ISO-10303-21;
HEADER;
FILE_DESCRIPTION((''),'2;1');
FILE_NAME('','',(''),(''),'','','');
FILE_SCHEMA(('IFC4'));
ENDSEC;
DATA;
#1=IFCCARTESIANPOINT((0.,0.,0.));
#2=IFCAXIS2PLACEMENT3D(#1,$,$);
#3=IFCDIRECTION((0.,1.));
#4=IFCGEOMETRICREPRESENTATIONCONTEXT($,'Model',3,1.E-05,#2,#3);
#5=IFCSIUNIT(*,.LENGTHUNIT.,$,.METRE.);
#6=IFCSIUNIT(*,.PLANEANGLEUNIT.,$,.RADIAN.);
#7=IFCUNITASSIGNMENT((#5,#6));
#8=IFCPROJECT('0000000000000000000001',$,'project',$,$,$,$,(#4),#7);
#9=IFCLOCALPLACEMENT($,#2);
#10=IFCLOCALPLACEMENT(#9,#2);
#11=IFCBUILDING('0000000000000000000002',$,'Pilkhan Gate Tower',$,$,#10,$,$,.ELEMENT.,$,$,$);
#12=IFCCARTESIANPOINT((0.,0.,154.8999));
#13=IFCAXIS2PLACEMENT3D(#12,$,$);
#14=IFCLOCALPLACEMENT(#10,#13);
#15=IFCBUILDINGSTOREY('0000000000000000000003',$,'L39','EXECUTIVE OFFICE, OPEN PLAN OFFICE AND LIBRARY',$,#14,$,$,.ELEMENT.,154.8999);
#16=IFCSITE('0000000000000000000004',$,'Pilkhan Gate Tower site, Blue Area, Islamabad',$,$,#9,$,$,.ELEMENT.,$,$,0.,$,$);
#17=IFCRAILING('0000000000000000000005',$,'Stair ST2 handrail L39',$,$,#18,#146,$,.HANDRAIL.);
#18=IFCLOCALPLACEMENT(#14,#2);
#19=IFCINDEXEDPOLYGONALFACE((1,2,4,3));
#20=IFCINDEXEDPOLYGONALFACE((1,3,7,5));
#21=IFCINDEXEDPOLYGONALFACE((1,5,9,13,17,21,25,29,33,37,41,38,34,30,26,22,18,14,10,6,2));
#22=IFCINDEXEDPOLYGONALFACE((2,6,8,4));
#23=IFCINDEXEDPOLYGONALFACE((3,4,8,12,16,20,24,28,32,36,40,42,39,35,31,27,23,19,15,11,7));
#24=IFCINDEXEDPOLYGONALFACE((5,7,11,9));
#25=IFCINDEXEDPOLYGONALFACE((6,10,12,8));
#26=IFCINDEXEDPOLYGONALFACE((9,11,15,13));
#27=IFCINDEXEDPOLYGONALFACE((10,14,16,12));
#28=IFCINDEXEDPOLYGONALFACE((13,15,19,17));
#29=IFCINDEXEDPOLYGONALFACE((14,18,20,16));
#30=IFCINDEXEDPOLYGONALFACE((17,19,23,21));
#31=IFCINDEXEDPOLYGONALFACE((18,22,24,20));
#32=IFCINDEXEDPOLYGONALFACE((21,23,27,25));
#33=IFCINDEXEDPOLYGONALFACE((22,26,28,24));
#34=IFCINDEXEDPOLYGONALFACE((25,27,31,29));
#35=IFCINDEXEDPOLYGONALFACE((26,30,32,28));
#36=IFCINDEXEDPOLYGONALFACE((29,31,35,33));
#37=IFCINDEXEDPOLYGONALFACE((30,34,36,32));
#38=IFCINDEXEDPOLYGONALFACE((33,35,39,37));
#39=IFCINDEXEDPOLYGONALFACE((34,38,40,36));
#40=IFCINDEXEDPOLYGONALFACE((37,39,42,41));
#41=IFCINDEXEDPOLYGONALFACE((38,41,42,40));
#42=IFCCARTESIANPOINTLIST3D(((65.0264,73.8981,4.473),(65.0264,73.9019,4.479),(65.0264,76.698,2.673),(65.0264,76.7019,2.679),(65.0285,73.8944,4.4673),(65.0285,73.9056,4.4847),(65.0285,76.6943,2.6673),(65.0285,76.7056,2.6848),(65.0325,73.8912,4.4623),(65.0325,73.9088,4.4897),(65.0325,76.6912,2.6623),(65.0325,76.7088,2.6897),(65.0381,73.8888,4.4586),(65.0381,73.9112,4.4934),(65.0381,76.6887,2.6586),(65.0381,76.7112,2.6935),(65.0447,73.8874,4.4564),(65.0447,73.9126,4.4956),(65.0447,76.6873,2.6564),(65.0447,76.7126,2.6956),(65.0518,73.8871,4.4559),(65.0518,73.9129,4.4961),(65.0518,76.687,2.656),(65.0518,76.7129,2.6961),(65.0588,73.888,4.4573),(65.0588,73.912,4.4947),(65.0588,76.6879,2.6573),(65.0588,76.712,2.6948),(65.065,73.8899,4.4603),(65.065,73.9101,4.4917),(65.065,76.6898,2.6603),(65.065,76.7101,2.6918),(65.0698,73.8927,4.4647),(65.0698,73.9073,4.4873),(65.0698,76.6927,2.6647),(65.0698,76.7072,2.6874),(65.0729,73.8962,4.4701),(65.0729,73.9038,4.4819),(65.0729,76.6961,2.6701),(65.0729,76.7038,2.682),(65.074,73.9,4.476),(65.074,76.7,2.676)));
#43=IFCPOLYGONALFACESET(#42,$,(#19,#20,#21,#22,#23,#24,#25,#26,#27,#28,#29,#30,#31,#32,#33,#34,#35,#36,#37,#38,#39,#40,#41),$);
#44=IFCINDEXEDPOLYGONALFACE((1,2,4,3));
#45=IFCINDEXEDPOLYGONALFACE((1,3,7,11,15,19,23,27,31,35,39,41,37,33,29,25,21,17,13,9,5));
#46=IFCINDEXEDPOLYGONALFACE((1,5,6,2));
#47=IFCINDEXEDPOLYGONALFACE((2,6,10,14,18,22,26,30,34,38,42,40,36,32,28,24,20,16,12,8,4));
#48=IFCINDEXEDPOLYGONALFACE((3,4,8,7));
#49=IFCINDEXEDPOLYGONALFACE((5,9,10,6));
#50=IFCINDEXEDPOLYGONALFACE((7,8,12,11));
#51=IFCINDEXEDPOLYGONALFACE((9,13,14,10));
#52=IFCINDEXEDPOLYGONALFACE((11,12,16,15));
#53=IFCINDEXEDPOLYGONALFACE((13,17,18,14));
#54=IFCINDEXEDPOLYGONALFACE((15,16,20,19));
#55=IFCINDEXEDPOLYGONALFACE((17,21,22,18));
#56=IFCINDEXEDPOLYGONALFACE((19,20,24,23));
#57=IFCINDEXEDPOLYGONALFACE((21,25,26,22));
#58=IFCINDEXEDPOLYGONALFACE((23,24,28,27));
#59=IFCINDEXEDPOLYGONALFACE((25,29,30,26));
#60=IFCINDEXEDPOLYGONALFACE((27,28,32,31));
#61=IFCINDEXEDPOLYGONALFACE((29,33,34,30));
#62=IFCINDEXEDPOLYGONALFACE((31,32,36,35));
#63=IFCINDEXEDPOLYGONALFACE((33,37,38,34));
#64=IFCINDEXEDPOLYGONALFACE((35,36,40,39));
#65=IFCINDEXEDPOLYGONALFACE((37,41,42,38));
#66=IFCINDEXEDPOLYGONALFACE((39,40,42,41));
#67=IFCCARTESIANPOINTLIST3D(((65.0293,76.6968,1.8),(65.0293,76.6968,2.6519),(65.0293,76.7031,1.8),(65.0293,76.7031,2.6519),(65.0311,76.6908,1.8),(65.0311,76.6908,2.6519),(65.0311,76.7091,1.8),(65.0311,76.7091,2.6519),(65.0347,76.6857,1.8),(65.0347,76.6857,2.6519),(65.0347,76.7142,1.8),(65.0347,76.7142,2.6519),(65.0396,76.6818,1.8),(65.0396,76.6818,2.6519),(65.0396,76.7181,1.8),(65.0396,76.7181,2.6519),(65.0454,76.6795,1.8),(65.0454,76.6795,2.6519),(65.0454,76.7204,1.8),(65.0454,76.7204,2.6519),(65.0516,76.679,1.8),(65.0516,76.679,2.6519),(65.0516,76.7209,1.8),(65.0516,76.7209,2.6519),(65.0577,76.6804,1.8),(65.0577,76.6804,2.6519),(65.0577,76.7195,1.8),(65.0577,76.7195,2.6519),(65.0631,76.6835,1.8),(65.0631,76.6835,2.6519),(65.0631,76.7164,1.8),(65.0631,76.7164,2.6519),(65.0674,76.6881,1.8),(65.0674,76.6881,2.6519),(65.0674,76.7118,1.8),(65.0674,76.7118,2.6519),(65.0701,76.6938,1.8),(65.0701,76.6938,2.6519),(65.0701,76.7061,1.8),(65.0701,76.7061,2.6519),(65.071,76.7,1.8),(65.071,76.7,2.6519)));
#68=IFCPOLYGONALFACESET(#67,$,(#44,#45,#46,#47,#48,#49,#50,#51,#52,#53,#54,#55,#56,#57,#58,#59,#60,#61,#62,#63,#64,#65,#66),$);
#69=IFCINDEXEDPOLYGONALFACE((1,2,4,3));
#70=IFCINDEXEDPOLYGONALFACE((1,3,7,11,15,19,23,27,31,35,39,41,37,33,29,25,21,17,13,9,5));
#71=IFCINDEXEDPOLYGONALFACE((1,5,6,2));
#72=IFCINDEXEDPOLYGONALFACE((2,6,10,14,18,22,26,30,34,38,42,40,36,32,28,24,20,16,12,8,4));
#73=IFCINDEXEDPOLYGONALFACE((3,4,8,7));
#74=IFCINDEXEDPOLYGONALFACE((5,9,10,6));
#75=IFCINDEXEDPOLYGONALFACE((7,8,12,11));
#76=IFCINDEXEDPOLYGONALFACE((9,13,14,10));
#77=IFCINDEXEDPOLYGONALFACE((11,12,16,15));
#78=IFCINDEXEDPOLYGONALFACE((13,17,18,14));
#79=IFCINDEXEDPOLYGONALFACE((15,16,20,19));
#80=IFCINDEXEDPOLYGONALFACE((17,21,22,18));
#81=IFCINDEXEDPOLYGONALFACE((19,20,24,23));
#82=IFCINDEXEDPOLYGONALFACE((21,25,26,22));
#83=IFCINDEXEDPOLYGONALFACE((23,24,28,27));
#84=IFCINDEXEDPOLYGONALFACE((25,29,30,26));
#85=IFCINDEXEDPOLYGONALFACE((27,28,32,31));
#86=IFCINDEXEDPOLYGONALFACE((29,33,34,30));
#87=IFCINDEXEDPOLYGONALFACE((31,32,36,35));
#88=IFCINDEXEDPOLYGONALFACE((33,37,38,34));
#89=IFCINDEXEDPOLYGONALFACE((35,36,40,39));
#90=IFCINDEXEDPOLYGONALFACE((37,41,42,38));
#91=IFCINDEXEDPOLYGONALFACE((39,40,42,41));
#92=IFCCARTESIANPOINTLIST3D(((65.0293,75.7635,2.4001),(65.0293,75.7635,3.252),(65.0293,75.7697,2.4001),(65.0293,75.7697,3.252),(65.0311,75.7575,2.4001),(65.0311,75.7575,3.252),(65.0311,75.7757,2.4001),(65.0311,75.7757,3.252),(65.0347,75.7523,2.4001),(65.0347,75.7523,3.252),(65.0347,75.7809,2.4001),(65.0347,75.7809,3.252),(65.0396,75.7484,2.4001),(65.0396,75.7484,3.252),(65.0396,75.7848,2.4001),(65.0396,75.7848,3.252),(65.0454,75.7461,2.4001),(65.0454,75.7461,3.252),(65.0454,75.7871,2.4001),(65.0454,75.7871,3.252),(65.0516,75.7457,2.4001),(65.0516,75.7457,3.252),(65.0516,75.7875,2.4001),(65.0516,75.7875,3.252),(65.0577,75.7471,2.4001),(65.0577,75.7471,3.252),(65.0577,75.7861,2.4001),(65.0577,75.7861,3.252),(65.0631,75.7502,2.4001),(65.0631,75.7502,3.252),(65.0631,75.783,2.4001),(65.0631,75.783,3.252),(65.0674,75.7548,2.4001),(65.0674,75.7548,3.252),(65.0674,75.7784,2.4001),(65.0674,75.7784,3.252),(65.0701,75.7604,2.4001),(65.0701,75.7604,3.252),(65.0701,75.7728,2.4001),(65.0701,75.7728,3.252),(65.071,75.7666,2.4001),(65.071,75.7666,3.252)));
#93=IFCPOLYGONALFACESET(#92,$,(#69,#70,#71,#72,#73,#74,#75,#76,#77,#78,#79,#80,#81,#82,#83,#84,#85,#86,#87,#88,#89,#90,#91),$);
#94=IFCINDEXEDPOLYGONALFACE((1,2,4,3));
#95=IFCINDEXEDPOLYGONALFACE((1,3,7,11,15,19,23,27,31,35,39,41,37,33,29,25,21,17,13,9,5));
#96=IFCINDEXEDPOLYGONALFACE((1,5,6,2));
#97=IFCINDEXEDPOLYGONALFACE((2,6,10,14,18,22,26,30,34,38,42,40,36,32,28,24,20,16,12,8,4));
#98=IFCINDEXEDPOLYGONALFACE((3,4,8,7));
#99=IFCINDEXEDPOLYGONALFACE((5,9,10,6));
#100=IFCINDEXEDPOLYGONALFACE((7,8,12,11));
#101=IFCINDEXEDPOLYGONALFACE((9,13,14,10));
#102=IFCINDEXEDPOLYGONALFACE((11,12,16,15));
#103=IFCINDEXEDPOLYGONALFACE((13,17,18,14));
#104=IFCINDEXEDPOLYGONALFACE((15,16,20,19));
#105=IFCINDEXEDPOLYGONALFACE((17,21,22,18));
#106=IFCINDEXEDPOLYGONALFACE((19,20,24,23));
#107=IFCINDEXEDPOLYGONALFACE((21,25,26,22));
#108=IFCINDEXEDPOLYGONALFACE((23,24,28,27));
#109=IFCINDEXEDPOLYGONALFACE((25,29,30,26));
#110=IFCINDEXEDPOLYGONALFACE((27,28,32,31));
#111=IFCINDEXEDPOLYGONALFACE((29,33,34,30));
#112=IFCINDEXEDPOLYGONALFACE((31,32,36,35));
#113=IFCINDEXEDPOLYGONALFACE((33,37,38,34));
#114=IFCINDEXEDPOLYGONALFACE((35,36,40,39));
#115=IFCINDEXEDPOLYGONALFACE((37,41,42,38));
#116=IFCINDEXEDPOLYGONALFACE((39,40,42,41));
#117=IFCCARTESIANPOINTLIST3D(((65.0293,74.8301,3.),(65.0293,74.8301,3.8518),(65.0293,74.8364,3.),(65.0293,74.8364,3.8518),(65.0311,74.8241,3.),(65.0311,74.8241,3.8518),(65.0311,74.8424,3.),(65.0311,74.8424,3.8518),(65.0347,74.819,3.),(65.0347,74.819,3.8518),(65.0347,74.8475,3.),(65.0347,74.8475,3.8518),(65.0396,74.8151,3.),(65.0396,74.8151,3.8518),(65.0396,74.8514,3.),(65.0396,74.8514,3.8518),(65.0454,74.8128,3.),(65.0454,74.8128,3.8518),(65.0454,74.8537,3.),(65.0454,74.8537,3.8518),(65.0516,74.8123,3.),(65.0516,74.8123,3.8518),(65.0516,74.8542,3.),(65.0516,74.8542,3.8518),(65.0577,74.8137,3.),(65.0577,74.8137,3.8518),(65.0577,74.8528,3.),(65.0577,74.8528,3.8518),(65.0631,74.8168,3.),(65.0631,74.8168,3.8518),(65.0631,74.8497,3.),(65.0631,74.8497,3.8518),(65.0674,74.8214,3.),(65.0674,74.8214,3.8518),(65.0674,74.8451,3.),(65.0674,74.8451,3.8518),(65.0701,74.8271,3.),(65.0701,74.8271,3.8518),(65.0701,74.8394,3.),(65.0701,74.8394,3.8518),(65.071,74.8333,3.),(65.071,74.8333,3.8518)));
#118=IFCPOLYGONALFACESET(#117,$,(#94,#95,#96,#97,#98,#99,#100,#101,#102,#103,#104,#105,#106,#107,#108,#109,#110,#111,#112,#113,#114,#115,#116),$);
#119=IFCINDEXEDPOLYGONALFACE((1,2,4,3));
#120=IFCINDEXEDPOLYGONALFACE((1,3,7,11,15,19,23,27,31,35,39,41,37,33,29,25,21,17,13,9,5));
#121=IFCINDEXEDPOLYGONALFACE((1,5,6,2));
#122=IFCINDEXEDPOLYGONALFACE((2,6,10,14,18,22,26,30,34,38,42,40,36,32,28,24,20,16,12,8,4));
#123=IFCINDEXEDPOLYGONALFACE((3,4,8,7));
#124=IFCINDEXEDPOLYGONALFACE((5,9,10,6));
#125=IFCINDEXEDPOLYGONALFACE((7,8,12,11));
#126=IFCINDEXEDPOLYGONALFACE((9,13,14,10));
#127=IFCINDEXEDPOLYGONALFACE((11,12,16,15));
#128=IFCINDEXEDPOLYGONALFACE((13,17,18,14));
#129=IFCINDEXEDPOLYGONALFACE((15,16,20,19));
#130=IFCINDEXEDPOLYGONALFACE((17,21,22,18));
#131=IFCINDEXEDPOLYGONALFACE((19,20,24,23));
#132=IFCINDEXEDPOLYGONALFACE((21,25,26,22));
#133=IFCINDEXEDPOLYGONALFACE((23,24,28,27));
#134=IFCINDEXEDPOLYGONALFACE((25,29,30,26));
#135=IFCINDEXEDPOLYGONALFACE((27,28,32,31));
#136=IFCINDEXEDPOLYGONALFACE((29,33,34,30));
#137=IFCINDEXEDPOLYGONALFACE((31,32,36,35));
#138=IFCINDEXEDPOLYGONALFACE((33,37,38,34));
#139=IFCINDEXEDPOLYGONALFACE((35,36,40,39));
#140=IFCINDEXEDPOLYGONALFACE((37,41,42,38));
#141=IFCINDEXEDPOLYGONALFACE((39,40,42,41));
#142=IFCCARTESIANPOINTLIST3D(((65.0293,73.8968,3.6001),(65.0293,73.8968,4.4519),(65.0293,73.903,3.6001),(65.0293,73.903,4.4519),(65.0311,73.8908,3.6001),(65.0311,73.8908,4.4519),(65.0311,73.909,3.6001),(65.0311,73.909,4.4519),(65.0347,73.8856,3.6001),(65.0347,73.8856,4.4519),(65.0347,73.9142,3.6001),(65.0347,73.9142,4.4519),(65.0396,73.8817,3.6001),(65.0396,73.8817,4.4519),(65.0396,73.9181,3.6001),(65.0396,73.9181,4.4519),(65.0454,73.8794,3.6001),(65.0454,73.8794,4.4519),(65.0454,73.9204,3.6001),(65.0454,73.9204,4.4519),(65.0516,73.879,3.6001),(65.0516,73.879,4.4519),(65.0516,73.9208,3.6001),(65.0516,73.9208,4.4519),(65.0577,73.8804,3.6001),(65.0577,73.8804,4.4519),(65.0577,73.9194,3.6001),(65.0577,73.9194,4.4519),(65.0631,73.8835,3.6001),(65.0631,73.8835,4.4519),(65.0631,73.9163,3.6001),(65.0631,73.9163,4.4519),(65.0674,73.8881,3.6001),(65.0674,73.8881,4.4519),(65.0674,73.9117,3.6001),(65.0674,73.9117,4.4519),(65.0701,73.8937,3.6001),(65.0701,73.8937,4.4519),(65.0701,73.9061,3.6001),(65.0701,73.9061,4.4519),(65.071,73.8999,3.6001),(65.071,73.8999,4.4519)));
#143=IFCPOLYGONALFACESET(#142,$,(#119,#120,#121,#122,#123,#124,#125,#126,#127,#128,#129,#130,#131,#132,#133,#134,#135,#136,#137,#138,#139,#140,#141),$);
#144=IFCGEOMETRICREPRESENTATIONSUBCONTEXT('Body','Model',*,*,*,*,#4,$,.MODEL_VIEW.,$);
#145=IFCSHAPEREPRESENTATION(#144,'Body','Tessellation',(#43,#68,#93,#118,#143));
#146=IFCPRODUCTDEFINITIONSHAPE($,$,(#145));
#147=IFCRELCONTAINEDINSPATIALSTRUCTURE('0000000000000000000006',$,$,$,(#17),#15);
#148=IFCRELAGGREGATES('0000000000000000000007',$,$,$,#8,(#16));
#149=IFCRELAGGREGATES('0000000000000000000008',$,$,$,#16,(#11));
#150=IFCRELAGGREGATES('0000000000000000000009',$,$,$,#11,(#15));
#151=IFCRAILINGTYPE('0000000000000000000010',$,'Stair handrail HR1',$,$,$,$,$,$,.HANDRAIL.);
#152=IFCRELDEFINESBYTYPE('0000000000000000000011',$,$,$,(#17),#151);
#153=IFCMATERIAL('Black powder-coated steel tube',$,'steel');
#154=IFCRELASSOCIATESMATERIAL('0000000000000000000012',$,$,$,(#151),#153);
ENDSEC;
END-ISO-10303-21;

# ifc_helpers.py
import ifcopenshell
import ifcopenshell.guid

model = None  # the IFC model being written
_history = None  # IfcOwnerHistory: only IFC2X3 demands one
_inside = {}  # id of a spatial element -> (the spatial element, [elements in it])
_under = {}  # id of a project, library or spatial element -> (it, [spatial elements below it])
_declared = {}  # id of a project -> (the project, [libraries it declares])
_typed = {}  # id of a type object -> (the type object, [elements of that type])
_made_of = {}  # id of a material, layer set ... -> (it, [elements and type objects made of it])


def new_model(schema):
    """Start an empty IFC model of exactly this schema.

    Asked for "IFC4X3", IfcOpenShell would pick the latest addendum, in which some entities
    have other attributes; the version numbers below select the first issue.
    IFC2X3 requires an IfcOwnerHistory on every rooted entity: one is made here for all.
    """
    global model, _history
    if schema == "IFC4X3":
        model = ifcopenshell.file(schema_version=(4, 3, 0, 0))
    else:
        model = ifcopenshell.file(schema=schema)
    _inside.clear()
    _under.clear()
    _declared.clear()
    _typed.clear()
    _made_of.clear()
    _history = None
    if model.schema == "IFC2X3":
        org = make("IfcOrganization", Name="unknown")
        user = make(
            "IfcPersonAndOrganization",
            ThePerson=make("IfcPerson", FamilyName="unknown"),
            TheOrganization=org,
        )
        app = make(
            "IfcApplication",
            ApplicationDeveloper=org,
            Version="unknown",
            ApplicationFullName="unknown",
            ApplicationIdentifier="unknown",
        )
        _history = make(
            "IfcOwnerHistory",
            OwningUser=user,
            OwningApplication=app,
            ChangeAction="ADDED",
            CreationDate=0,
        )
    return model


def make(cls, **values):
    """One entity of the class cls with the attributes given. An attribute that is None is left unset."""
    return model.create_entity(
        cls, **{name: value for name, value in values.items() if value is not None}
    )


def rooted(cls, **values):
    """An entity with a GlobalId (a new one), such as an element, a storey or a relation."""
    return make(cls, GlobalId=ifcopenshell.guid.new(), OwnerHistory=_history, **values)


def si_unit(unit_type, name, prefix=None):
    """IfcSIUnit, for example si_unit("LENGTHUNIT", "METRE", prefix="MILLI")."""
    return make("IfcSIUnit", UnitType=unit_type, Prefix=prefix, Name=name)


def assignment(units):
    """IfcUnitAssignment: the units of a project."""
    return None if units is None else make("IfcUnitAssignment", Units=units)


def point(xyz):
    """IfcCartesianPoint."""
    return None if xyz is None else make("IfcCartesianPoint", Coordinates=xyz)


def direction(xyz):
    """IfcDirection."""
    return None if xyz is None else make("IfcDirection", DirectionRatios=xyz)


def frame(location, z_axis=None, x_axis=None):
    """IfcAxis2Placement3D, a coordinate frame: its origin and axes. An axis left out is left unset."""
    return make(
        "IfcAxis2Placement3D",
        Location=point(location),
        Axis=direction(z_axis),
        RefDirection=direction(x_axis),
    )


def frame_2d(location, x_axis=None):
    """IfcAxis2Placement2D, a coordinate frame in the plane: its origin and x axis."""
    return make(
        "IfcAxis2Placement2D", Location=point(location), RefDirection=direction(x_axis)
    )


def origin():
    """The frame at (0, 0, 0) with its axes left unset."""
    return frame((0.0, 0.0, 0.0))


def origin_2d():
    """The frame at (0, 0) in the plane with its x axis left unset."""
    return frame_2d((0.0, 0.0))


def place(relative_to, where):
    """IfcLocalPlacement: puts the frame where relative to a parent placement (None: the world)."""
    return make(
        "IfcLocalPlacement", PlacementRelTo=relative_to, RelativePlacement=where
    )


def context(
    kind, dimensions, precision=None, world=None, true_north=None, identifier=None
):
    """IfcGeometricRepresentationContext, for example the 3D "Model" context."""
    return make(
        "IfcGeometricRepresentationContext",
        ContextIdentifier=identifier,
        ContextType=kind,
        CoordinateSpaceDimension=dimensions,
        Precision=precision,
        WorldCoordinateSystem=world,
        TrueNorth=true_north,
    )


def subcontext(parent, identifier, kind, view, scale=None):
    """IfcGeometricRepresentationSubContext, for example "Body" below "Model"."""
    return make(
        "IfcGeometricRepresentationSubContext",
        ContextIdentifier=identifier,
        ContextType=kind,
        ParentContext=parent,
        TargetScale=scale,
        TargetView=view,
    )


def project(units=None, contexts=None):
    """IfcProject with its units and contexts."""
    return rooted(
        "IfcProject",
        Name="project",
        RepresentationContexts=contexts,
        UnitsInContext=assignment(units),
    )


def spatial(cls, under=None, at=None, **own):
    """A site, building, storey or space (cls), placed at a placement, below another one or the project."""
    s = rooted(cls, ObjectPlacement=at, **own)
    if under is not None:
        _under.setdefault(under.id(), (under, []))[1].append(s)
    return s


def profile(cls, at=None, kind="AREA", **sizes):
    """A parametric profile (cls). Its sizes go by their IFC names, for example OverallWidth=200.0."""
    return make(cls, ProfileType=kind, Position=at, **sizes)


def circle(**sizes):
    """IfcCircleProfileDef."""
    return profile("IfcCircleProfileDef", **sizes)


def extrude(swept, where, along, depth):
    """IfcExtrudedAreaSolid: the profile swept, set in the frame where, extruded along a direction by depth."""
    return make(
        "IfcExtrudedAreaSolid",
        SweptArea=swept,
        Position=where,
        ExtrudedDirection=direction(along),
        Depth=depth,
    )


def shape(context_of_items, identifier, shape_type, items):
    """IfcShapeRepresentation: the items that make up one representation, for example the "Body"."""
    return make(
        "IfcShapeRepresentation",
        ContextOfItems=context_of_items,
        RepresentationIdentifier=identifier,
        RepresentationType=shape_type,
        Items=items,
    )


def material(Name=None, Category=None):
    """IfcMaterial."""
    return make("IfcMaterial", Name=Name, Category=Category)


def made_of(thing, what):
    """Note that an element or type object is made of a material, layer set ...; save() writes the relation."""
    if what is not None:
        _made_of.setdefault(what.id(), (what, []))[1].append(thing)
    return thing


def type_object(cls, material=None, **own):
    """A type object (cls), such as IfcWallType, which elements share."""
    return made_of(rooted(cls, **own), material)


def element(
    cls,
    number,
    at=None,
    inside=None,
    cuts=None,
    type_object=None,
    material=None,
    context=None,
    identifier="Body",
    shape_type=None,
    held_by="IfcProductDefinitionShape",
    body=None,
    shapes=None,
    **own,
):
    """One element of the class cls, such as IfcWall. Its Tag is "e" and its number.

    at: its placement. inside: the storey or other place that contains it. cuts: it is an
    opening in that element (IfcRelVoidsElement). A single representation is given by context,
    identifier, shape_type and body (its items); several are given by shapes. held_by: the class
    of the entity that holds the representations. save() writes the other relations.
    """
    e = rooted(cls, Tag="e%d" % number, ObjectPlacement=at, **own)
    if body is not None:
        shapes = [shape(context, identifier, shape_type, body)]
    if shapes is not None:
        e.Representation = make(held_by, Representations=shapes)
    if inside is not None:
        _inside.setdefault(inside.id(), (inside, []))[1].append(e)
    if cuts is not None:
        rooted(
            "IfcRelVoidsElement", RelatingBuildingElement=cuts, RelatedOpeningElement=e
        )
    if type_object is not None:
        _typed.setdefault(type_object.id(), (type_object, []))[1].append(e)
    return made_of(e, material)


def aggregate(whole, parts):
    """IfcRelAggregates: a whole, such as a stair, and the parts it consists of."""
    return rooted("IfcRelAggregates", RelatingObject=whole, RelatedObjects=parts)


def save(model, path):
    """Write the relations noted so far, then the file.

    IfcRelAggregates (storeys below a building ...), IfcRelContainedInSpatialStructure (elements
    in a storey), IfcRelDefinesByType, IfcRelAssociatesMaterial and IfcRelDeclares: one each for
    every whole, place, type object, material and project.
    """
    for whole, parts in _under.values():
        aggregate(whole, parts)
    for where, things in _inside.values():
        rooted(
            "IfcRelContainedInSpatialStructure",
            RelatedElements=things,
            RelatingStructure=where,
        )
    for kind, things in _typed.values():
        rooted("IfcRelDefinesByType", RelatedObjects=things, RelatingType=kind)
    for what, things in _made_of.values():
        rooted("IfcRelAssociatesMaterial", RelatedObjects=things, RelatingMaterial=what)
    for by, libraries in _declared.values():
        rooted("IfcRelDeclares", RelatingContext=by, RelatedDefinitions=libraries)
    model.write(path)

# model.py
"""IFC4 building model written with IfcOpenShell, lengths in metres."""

from ifc_helpers import new_model, si_unit, direction, frame, origin, origin_2d, place, context, subcontext, project, spatial, circle, extrude, material, type_object, element, save


model = new_model("IFC4")

# Units and contexts
model_context = context("Model", 3, precision=1e-05, world=origin(), true_north=direction((0.0, 1.0)))
body_context = subcontext(model_context, "Body", "Model", "MODEL_VIEW")
ifc_project = project(units=[si_unit("LENGTHUNIT", "METRE"), si_unit("PLANEANGLEUNIT", "RADIAN")], contexts=[model_context])

# Site, building, storey
site_placement = place(None, origin())
site = spatial("IfcSite", under=ifc_project, at=site_placement, Name="Pilkhan Gate Tower site, Blue Area, Islamabad", CompositionType="ELEMENT", RefElevation=0.0)
building_placement = place(site_placement, origin())
building = spatial("IfcBuilding", under=site, at=building_placement, Name="Pilkhan Gate Tower", CompositionType="ELEMENT")
storey_placement = place(building_placement, frame((0.0, 0.0, 154.8999)))
storey = spatial("IfcBuildingStorey", under=building, at=storey_placement, Name="L39", Description="EXECUTIVE OFFICE, OPEN PLAN OFFICE AND LIBRARY", CompositionType="ELEMENT", Elevation=154.8999)

# Railing
ifc_material_1 = material(Name="Black powder-coated steel tube", Category="steel")
railing_type_1 = type_object("IfcRailingType", Name="Stair handrail HR1", PredefinedType="HANDRAIL", material=ifc_material_1)
railing_1_placement = place(storey_placement, frame((65.05, 76.7, 1.8)))
element("IfcRailing", 1, at=railing_1_placement, inside=storey, type_object=railing_type_1, Name="Stair ST2 handrail L39", PredefinedType="HANDRAIL", context=body_context, shape_type="SweptSolid", body=[
    extrude(circle(Radius=0.0239, at=origin_2d()), frame((0.0, 0.0, 0.876), z_axis=(0.0, -0.841176, 0.540761), x_axis=(1.0, 0.0, 0.0)), (0.0, 0.0, 1.0), 3.3286),
    extrude(circle(Radius=0.021, at=origin_2d()), origin(), (0.0, 0.0, 1.0), 0.8518),
    extrude(circle(Radius=0.021, at=origin_2d()), frame((0.0, -0.9333, 0.6001)), (0.0, 0.0, 1.0), 0.8518),
    extrude(circle(Radius=0.021, at=origin_2d()), frame((0.0, -1.8667, 1.2)), (0.0, 0.0, 1.0), 0.8518),
    extrude(circle(Radius=0.021, at=origin_2d()), frame((0.0, -2.8, 1.8)), (0.0, 0.0, 1.0), 0.8518),
])

save(model, "model.ifc")
